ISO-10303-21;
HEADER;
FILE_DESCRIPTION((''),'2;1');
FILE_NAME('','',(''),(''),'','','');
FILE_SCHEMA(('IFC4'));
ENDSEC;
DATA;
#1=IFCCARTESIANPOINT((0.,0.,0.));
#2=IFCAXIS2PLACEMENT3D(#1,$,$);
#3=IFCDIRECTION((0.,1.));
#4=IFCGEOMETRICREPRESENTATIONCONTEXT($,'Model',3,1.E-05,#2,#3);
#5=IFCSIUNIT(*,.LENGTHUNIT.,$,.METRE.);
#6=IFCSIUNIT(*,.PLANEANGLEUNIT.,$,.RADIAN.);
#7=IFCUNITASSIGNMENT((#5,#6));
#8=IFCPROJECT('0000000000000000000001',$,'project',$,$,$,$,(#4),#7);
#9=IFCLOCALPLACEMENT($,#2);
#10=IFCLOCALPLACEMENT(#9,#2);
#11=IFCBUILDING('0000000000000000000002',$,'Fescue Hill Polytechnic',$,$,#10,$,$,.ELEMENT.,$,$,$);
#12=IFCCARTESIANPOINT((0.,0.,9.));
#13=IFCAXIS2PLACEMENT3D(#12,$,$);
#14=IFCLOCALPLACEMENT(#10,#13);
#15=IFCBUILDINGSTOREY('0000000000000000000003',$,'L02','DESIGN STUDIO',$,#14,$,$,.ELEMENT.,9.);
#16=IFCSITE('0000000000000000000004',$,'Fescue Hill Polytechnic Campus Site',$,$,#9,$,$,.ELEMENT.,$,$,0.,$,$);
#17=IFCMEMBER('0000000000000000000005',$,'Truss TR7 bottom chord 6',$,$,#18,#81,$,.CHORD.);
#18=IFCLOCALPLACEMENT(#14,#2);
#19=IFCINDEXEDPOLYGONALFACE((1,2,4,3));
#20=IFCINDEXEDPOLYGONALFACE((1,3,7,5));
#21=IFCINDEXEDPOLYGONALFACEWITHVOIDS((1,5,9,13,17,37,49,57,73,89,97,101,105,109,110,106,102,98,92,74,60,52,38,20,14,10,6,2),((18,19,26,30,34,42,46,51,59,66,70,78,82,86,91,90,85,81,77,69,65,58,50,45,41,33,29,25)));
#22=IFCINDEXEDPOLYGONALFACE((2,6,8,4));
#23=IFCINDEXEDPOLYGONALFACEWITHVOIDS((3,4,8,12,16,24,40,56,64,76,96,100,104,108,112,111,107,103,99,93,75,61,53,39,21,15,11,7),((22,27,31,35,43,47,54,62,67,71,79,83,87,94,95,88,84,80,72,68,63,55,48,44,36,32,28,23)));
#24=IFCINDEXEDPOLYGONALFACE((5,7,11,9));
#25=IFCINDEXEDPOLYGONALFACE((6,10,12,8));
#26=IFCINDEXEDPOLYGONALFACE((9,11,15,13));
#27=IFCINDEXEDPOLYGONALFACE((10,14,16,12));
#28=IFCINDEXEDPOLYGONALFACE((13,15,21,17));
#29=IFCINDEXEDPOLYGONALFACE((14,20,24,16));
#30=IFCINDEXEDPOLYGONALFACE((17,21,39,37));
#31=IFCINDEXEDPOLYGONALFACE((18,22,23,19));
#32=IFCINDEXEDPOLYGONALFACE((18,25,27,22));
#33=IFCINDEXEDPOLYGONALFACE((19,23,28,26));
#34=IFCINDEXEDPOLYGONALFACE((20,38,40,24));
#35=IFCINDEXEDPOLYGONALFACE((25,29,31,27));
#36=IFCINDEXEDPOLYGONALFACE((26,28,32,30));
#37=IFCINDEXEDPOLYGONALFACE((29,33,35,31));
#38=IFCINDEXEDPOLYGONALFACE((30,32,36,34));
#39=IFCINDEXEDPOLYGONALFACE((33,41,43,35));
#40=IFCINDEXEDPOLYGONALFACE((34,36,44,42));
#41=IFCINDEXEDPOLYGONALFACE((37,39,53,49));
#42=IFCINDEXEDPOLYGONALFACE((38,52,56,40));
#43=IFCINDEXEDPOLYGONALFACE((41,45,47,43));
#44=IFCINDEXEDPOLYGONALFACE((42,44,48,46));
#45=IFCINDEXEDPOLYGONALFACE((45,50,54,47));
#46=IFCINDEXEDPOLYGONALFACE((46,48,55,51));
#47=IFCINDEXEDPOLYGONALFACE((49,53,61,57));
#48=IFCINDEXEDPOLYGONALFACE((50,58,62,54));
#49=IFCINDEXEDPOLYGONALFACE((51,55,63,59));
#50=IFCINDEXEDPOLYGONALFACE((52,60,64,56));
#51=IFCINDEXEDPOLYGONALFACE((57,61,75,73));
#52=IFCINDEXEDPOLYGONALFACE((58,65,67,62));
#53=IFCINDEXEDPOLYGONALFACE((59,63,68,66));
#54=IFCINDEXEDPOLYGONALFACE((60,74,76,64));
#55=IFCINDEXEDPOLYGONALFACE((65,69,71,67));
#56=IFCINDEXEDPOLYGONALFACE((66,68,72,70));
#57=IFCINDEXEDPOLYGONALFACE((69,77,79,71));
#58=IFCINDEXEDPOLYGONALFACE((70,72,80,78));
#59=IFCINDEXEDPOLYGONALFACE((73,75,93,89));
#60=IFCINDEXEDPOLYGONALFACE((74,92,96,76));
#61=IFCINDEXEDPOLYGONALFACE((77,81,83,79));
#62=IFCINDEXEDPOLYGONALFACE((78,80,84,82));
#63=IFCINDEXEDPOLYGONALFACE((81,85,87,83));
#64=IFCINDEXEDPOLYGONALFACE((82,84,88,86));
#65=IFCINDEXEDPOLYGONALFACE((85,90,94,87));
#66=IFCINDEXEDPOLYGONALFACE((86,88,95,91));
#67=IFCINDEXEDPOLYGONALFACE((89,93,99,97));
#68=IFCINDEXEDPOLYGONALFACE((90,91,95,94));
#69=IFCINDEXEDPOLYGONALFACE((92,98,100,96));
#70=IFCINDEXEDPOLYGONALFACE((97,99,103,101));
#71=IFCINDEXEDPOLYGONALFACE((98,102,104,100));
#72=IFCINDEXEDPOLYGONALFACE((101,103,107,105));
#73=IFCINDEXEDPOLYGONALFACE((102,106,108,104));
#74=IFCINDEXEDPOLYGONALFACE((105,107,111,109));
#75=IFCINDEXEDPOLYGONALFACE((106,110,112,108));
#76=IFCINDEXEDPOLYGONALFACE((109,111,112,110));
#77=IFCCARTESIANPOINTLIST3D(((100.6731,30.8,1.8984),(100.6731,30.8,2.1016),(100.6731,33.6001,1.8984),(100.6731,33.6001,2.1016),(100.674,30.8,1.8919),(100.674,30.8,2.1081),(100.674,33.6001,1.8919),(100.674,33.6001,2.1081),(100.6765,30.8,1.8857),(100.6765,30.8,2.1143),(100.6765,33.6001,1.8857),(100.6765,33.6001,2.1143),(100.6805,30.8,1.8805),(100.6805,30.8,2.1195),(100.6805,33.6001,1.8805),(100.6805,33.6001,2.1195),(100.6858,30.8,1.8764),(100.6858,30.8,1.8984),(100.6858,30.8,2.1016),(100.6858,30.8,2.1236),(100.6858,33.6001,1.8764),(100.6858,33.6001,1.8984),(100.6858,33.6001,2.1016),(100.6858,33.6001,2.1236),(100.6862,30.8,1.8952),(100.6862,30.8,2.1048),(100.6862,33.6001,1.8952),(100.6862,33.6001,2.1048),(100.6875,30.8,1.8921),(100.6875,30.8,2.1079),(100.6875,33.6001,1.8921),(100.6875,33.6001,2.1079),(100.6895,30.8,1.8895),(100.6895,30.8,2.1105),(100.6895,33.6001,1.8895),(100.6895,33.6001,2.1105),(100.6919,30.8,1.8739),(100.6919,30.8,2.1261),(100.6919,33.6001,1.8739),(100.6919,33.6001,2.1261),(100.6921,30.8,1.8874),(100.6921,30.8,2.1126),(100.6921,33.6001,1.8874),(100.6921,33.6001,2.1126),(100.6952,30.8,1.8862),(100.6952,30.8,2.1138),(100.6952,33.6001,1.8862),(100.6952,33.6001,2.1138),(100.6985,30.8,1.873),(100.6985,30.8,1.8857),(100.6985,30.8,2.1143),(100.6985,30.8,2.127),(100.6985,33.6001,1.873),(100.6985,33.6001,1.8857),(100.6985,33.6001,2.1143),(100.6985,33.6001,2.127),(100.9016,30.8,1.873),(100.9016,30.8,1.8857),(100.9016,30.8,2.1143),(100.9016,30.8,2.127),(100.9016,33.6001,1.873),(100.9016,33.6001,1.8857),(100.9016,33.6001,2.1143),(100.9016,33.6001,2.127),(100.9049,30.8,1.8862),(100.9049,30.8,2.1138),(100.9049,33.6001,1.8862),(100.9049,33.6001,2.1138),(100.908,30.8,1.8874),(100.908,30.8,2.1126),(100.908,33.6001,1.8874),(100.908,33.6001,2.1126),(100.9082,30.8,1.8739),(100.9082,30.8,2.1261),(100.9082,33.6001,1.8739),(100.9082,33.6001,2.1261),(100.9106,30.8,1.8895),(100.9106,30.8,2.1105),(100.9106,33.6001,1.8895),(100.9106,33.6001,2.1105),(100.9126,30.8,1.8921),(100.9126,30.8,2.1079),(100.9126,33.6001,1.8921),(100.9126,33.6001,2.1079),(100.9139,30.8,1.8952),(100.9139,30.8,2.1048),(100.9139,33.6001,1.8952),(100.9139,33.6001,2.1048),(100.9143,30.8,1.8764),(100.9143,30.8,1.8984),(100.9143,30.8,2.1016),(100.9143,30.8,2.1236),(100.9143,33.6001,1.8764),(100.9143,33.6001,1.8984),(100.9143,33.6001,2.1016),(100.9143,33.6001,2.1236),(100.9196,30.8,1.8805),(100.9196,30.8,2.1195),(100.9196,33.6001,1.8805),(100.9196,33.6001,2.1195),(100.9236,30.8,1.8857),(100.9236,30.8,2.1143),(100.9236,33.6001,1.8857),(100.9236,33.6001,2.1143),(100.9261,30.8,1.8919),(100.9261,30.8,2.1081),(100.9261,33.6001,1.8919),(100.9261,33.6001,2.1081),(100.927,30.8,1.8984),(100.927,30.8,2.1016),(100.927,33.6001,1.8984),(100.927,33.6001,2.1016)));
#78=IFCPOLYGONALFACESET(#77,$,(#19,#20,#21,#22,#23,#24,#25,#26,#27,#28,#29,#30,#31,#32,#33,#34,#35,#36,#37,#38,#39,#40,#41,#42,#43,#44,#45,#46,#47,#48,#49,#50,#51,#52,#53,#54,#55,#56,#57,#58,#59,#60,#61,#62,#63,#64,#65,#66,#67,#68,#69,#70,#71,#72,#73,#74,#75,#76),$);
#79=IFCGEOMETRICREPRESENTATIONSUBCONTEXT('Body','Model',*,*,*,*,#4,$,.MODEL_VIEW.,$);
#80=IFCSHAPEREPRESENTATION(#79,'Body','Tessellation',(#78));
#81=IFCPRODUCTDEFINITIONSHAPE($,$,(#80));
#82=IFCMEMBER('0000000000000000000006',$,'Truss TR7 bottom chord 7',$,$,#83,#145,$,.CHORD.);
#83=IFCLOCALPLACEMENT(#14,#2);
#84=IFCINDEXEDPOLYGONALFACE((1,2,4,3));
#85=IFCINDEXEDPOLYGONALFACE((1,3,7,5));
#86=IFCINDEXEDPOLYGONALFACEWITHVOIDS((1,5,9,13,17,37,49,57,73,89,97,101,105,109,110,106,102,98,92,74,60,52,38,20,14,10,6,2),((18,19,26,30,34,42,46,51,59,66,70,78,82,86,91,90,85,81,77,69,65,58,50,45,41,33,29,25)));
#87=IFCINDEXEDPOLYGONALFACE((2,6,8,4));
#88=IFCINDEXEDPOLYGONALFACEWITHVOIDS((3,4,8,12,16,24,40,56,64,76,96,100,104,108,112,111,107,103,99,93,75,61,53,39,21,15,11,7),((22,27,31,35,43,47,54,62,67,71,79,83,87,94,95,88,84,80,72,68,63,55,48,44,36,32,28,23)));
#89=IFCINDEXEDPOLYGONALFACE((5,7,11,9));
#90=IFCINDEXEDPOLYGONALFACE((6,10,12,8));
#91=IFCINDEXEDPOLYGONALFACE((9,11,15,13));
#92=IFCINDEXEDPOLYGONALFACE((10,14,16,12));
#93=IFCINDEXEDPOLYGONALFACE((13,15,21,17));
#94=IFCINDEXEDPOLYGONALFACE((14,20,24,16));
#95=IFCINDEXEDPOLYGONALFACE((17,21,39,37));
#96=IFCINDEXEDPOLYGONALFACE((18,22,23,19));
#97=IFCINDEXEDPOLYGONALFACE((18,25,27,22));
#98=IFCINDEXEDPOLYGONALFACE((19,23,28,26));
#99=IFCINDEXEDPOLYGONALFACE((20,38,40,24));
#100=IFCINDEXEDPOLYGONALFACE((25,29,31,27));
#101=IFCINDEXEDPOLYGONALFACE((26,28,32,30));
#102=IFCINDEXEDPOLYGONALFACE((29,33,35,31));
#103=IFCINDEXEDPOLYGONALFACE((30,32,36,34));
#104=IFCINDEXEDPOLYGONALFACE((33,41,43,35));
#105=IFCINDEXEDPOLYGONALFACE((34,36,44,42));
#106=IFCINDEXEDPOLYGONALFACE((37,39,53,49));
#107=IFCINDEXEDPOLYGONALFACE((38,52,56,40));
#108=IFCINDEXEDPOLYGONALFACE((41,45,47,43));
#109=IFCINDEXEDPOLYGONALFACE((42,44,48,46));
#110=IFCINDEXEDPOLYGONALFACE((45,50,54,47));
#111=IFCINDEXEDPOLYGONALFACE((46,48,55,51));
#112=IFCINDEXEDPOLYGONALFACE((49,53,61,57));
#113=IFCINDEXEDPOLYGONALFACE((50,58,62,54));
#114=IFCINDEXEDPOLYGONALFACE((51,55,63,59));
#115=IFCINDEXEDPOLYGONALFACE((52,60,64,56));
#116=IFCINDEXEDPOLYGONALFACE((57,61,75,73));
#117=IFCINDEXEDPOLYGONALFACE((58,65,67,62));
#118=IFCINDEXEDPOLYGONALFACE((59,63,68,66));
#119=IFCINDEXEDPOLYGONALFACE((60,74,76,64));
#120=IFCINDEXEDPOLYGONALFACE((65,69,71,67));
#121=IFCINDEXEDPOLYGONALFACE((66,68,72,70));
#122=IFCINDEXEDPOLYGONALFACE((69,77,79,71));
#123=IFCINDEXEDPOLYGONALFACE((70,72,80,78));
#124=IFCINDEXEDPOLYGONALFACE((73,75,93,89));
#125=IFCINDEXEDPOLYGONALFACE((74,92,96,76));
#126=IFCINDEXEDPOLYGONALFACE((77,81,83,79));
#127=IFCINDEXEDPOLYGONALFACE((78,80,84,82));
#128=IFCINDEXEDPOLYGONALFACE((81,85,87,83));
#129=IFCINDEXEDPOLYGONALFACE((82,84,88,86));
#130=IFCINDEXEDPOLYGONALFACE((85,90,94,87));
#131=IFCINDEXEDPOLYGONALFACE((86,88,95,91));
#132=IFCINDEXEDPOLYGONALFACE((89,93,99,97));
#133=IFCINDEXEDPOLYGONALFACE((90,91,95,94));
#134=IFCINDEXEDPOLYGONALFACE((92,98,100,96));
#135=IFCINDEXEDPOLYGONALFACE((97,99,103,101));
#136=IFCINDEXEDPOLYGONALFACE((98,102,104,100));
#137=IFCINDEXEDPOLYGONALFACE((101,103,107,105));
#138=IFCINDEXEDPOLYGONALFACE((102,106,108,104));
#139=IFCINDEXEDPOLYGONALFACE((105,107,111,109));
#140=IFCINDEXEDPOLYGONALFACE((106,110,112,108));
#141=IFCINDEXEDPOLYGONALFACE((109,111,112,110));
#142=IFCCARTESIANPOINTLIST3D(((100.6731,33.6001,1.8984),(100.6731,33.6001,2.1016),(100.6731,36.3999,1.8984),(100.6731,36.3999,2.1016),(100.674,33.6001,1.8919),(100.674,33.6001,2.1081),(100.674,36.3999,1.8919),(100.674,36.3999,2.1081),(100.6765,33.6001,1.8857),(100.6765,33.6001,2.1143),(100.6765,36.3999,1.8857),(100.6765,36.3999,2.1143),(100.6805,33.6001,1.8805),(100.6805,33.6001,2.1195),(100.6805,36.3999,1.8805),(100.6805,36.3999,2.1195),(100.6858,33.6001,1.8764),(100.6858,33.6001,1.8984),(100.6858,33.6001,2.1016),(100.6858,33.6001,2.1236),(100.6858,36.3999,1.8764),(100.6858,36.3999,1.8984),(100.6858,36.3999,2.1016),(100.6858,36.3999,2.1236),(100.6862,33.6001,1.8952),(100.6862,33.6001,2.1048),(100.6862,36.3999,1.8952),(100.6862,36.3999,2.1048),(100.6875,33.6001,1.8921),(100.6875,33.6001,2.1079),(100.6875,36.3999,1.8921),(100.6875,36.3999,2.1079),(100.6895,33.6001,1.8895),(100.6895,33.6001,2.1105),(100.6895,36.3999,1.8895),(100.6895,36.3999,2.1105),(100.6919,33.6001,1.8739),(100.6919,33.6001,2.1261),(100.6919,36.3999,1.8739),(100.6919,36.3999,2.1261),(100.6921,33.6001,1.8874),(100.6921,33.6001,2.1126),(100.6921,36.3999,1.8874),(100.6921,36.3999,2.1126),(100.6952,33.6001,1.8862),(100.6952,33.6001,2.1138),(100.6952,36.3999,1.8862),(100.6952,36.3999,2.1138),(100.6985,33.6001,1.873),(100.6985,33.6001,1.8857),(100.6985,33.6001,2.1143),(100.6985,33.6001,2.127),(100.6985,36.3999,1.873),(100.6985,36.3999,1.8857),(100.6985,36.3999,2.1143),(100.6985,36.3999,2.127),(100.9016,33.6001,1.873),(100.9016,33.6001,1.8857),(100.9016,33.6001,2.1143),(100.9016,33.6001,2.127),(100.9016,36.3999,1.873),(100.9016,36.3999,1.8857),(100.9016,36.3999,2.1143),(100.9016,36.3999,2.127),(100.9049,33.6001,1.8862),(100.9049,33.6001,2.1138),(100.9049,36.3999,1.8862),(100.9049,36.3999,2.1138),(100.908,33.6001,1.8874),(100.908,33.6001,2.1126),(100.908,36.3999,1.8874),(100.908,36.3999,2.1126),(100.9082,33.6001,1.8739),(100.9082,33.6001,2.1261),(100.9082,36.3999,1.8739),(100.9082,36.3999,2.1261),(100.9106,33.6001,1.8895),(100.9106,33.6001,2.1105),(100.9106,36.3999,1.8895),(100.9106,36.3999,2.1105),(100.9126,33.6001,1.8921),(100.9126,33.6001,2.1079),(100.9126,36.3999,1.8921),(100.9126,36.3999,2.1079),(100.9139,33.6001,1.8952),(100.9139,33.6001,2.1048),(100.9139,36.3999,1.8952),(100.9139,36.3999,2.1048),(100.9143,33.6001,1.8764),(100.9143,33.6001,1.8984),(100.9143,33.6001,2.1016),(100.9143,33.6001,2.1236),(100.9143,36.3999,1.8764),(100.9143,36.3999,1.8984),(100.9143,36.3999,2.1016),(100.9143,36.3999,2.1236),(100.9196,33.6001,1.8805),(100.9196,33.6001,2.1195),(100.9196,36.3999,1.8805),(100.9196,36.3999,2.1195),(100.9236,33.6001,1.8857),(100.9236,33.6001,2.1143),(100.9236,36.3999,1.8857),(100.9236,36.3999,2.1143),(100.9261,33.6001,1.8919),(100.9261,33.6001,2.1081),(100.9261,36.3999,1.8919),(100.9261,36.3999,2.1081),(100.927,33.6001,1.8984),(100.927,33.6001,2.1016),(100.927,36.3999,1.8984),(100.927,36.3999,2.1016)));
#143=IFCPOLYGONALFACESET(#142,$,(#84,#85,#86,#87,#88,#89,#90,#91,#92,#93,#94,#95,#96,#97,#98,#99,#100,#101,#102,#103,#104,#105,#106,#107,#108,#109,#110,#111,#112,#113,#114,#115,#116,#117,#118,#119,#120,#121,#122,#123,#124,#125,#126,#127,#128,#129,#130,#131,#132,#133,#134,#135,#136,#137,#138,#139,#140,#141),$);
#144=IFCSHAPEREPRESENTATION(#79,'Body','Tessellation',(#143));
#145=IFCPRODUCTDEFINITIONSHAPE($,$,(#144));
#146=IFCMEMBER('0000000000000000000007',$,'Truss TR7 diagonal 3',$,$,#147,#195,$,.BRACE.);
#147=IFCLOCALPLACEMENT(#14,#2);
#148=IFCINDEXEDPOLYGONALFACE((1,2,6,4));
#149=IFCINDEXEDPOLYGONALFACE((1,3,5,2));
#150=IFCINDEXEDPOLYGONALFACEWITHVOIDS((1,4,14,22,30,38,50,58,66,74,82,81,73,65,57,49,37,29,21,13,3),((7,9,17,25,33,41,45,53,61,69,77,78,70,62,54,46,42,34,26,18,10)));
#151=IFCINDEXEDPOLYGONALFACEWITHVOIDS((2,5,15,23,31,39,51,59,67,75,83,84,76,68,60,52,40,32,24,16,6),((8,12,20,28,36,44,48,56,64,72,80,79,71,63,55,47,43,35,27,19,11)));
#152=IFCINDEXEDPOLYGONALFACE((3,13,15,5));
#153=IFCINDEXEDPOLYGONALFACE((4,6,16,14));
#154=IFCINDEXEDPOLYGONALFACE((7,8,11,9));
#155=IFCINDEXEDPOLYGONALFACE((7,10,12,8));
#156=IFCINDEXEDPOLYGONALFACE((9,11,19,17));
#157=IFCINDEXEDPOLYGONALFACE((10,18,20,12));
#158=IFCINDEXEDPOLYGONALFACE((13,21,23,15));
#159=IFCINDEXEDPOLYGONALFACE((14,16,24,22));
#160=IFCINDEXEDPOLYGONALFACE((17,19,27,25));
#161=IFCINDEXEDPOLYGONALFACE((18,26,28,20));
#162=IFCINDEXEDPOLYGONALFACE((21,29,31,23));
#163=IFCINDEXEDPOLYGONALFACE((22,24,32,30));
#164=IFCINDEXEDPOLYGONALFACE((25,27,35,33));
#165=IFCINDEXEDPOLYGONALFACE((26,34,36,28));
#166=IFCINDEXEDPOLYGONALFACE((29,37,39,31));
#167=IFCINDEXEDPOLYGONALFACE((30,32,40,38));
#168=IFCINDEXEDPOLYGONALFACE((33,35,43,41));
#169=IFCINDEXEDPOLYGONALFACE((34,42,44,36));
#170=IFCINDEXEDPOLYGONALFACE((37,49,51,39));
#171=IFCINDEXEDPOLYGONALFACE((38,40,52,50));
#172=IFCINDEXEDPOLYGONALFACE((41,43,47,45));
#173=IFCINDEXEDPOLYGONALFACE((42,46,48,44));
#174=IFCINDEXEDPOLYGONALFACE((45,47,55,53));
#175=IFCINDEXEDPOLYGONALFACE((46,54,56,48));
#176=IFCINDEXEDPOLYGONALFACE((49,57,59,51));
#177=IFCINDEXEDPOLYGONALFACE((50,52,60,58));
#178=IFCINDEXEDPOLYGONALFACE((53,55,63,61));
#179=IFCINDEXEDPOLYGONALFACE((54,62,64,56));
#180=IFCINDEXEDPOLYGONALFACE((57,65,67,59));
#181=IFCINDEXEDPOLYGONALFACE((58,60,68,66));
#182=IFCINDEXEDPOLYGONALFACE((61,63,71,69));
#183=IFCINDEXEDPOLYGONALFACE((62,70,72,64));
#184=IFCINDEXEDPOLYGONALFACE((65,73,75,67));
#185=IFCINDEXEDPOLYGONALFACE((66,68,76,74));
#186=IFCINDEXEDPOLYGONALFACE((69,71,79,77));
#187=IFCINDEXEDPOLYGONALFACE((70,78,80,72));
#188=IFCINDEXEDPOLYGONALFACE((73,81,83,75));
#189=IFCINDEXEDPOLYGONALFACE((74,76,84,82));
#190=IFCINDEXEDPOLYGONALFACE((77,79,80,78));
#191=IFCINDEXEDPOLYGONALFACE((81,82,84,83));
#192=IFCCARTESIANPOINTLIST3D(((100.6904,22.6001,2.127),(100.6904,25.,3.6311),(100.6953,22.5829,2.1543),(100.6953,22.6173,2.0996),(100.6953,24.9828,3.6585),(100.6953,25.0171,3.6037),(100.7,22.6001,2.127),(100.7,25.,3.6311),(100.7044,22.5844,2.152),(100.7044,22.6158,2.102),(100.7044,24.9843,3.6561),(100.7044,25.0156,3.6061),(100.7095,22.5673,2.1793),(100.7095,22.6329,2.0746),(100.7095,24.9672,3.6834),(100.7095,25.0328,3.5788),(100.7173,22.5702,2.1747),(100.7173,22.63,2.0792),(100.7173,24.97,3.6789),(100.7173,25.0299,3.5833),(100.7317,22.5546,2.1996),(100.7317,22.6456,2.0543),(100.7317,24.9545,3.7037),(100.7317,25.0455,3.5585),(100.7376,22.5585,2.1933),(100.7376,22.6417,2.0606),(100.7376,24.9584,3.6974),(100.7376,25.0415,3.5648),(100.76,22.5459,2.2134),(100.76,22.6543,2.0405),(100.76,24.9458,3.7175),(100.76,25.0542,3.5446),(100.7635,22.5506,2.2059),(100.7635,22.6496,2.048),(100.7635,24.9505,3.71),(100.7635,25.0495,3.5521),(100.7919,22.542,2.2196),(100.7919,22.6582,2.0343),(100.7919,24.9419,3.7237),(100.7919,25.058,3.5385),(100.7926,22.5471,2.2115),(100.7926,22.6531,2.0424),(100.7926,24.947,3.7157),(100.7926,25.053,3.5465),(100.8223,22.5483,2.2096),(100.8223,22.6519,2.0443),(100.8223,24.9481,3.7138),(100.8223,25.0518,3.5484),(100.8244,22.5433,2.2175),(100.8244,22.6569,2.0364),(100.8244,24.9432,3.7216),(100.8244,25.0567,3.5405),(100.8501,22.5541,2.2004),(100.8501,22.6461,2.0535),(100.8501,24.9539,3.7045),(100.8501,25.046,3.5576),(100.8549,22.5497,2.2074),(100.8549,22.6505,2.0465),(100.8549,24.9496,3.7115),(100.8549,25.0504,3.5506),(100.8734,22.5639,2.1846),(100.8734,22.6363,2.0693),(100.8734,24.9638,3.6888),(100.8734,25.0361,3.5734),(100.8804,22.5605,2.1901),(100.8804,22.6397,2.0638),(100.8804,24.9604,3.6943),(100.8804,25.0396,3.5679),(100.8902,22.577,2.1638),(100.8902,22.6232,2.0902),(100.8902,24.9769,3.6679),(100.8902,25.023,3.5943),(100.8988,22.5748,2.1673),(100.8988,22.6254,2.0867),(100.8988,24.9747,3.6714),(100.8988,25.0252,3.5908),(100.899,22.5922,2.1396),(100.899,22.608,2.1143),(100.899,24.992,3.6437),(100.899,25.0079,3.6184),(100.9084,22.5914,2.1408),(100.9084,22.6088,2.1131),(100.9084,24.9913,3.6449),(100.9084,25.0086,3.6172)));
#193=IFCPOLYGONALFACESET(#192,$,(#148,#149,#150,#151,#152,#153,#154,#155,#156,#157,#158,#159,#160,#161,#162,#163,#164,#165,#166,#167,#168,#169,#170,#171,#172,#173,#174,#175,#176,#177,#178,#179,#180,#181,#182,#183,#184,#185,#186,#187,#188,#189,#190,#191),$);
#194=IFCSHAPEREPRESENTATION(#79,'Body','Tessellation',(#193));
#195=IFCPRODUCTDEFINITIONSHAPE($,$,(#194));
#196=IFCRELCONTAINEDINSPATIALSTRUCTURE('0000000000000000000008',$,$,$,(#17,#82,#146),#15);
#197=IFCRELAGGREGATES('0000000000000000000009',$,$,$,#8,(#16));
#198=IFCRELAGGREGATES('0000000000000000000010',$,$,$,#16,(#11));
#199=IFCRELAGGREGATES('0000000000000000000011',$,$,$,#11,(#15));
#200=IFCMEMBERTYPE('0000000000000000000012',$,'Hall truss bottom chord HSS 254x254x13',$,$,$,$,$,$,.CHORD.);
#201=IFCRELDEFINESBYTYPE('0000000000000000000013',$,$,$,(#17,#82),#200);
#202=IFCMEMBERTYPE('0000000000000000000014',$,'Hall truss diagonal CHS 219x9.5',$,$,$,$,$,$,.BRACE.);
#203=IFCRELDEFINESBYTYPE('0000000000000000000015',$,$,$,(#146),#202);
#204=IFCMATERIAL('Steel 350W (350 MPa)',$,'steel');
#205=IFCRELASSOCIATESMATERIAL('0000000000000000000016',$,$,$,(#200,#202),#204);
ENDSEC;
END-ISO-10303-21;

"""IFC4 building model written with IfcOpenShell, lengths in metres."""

from ifc_helpers import new_model, si_unit, direction, frame, origin, origin_2d, place, context, subcontext, project, spatial, hollow_rectangle, hollow_circle, extrude, material, material_profile, profile_set, type_object, element, save


model = new_model("IFC4")

# Units and contexts
model_context = context("Model", 3, precision=1e-05, world=origin(), true_north=direction((0.0, 1.0)))
body_context = subcontext(model_context, "Body", "Model", "MODEL_VIEW")
ifc_project = project(units=[si_unit("LENGTHUNIT", "METRE"), si_unit("PLANEANGLEUNIT", "RADIAN")], contexts=[model_context])

# Site, building, storey
site_placement = place(None, origin())
site = spatial("IfcSite", under=ifc_project, at=site_placement, Name="Fescue Hill Polytechnic Campus Site", CompositionType="ELEMENT", RefElevation=0.0)
building_placement = place(site_placement, origin())
building = spatial("IfcBuilding", under=site, at=building_placement, Name="Fescue Hill Polytechnic", CompositionType="ELEMENT")
storey_placement = place(building_placement, frame((0.0, 0.0, 9.0)))
storey = spatial("IfcBuildingStorey", under=building, at=storey_placement, Name="L02", Description="DESIGN STUDIO", CompositionType="ELEMENT", Elevation=9.0)

# Members
ifc_material = material(Name="Steel 350W (350 MPa)", Category="steel")
ifc_material_profile_1 = material_profile(ifc_material, hollow_rectangle(XDim=0.2539, YDim=0.2539, WallThickness=0.0127, InnerFilletRadius=0.0127, OuterFilletRadius=0.0254, at=origin_2d()), Name="Hall truss bottom chord HSS 254x254x13")
ifc_profile_set_1 = profile_set([ifc_material_profile_1], Name="Steel 350W (350 MPa)")
member_type_1 = type_object("IfcMemberType", Name="Hall truss bottom chord HSS 254x254x13", PredefinedType="CHORD", material=ifc_profile_set_1)
for number, where, z_axis, x_axis, name in (
    (1, (100.8, 30.8, 2.0), (0.0, 1.0, 0.0), (-1.0, 0.0, 0.0), "Truss TR7 bottom chord 6"),
):
    element("IfcMember", number, at=place(storey_placement, frame(where, z_axis=z_axis, x_axis=x_axis)), inside=storey, type_object=member_type_1, Name=name, PredefinedType="CHORD", context=body_context, shape_type="SweptSolid", body=[
        extrude(hollow_rectangle(XDim=0.2539, YDim=0.2539, WallThickness=0.0127, InnerFilletRadius=0.0127, OuterFilletRadius=0.0254, at=origin_2d()), origin(), (0.0, 0.0, 1.0), 2.8),
    ])
member_1_placement = place(storey_placement, frame((100.8, 33.6001, 2.0), z_axis=(0.0, 1.0, 0.0), x_axis=(-1.0, 0.0, 0.0)))
element("IfcMember", 2, at=member_1_placement, inside=storey, type_object=member_type_1, Name="Truss TR7 bottom chord 7", PredefinedType="CHORD", context=body_context, shape_type="SweptSolid", body=[
    extrude(hollow_rectangle(XDim=0.2539, YDim=0.2539, WallThickness=0.0127, InnerFilletRadius=0.0127, OuterFilletRadius=0.0254, at=origin_2d()), origin(), (0.0, 0.0, 1.0), 2.7998),
])
ifc_material_profile_2 = material_profile(ifc_material, hollow_circle(Radius=0.1096, WallThickness=0.0095, at=origin_2d()), Name="Hall truss diagonal CHS 219x9.5")
ifc_profile_set_2 = profile_set([ifc_material_profile_2], Name="Steel 350W (350 MPa)")
member_type_2 = type_object("IfcMemberType", Name="Hall truss diagonal CHS 219x9.5", PredefinedType="BRACE", material=ifc_profile_set_2)
member_2_placement = place(storey_placement, frame((100.8, 22.6001, 2.127), z_axis=(0.0, 0.847329, 0.531068), x_axis=(-1.0, 0.0, 0.0)))
element("IfcMember", 3, at=member_2_placement, inside=storey, type_object=member_type_2, Name="Truss TR7 diagonal 3", PredefinedType="BRACE", context=body_context, shape_type="SweptSolid", body=[
    extrude(hollow_circle(Radius=0.1096, WallThickness=0.0095, at=origin_2d()), origin(), (0.0, 0.0, 1.0), 2.8323),
])

save(model, "model.ifc")
